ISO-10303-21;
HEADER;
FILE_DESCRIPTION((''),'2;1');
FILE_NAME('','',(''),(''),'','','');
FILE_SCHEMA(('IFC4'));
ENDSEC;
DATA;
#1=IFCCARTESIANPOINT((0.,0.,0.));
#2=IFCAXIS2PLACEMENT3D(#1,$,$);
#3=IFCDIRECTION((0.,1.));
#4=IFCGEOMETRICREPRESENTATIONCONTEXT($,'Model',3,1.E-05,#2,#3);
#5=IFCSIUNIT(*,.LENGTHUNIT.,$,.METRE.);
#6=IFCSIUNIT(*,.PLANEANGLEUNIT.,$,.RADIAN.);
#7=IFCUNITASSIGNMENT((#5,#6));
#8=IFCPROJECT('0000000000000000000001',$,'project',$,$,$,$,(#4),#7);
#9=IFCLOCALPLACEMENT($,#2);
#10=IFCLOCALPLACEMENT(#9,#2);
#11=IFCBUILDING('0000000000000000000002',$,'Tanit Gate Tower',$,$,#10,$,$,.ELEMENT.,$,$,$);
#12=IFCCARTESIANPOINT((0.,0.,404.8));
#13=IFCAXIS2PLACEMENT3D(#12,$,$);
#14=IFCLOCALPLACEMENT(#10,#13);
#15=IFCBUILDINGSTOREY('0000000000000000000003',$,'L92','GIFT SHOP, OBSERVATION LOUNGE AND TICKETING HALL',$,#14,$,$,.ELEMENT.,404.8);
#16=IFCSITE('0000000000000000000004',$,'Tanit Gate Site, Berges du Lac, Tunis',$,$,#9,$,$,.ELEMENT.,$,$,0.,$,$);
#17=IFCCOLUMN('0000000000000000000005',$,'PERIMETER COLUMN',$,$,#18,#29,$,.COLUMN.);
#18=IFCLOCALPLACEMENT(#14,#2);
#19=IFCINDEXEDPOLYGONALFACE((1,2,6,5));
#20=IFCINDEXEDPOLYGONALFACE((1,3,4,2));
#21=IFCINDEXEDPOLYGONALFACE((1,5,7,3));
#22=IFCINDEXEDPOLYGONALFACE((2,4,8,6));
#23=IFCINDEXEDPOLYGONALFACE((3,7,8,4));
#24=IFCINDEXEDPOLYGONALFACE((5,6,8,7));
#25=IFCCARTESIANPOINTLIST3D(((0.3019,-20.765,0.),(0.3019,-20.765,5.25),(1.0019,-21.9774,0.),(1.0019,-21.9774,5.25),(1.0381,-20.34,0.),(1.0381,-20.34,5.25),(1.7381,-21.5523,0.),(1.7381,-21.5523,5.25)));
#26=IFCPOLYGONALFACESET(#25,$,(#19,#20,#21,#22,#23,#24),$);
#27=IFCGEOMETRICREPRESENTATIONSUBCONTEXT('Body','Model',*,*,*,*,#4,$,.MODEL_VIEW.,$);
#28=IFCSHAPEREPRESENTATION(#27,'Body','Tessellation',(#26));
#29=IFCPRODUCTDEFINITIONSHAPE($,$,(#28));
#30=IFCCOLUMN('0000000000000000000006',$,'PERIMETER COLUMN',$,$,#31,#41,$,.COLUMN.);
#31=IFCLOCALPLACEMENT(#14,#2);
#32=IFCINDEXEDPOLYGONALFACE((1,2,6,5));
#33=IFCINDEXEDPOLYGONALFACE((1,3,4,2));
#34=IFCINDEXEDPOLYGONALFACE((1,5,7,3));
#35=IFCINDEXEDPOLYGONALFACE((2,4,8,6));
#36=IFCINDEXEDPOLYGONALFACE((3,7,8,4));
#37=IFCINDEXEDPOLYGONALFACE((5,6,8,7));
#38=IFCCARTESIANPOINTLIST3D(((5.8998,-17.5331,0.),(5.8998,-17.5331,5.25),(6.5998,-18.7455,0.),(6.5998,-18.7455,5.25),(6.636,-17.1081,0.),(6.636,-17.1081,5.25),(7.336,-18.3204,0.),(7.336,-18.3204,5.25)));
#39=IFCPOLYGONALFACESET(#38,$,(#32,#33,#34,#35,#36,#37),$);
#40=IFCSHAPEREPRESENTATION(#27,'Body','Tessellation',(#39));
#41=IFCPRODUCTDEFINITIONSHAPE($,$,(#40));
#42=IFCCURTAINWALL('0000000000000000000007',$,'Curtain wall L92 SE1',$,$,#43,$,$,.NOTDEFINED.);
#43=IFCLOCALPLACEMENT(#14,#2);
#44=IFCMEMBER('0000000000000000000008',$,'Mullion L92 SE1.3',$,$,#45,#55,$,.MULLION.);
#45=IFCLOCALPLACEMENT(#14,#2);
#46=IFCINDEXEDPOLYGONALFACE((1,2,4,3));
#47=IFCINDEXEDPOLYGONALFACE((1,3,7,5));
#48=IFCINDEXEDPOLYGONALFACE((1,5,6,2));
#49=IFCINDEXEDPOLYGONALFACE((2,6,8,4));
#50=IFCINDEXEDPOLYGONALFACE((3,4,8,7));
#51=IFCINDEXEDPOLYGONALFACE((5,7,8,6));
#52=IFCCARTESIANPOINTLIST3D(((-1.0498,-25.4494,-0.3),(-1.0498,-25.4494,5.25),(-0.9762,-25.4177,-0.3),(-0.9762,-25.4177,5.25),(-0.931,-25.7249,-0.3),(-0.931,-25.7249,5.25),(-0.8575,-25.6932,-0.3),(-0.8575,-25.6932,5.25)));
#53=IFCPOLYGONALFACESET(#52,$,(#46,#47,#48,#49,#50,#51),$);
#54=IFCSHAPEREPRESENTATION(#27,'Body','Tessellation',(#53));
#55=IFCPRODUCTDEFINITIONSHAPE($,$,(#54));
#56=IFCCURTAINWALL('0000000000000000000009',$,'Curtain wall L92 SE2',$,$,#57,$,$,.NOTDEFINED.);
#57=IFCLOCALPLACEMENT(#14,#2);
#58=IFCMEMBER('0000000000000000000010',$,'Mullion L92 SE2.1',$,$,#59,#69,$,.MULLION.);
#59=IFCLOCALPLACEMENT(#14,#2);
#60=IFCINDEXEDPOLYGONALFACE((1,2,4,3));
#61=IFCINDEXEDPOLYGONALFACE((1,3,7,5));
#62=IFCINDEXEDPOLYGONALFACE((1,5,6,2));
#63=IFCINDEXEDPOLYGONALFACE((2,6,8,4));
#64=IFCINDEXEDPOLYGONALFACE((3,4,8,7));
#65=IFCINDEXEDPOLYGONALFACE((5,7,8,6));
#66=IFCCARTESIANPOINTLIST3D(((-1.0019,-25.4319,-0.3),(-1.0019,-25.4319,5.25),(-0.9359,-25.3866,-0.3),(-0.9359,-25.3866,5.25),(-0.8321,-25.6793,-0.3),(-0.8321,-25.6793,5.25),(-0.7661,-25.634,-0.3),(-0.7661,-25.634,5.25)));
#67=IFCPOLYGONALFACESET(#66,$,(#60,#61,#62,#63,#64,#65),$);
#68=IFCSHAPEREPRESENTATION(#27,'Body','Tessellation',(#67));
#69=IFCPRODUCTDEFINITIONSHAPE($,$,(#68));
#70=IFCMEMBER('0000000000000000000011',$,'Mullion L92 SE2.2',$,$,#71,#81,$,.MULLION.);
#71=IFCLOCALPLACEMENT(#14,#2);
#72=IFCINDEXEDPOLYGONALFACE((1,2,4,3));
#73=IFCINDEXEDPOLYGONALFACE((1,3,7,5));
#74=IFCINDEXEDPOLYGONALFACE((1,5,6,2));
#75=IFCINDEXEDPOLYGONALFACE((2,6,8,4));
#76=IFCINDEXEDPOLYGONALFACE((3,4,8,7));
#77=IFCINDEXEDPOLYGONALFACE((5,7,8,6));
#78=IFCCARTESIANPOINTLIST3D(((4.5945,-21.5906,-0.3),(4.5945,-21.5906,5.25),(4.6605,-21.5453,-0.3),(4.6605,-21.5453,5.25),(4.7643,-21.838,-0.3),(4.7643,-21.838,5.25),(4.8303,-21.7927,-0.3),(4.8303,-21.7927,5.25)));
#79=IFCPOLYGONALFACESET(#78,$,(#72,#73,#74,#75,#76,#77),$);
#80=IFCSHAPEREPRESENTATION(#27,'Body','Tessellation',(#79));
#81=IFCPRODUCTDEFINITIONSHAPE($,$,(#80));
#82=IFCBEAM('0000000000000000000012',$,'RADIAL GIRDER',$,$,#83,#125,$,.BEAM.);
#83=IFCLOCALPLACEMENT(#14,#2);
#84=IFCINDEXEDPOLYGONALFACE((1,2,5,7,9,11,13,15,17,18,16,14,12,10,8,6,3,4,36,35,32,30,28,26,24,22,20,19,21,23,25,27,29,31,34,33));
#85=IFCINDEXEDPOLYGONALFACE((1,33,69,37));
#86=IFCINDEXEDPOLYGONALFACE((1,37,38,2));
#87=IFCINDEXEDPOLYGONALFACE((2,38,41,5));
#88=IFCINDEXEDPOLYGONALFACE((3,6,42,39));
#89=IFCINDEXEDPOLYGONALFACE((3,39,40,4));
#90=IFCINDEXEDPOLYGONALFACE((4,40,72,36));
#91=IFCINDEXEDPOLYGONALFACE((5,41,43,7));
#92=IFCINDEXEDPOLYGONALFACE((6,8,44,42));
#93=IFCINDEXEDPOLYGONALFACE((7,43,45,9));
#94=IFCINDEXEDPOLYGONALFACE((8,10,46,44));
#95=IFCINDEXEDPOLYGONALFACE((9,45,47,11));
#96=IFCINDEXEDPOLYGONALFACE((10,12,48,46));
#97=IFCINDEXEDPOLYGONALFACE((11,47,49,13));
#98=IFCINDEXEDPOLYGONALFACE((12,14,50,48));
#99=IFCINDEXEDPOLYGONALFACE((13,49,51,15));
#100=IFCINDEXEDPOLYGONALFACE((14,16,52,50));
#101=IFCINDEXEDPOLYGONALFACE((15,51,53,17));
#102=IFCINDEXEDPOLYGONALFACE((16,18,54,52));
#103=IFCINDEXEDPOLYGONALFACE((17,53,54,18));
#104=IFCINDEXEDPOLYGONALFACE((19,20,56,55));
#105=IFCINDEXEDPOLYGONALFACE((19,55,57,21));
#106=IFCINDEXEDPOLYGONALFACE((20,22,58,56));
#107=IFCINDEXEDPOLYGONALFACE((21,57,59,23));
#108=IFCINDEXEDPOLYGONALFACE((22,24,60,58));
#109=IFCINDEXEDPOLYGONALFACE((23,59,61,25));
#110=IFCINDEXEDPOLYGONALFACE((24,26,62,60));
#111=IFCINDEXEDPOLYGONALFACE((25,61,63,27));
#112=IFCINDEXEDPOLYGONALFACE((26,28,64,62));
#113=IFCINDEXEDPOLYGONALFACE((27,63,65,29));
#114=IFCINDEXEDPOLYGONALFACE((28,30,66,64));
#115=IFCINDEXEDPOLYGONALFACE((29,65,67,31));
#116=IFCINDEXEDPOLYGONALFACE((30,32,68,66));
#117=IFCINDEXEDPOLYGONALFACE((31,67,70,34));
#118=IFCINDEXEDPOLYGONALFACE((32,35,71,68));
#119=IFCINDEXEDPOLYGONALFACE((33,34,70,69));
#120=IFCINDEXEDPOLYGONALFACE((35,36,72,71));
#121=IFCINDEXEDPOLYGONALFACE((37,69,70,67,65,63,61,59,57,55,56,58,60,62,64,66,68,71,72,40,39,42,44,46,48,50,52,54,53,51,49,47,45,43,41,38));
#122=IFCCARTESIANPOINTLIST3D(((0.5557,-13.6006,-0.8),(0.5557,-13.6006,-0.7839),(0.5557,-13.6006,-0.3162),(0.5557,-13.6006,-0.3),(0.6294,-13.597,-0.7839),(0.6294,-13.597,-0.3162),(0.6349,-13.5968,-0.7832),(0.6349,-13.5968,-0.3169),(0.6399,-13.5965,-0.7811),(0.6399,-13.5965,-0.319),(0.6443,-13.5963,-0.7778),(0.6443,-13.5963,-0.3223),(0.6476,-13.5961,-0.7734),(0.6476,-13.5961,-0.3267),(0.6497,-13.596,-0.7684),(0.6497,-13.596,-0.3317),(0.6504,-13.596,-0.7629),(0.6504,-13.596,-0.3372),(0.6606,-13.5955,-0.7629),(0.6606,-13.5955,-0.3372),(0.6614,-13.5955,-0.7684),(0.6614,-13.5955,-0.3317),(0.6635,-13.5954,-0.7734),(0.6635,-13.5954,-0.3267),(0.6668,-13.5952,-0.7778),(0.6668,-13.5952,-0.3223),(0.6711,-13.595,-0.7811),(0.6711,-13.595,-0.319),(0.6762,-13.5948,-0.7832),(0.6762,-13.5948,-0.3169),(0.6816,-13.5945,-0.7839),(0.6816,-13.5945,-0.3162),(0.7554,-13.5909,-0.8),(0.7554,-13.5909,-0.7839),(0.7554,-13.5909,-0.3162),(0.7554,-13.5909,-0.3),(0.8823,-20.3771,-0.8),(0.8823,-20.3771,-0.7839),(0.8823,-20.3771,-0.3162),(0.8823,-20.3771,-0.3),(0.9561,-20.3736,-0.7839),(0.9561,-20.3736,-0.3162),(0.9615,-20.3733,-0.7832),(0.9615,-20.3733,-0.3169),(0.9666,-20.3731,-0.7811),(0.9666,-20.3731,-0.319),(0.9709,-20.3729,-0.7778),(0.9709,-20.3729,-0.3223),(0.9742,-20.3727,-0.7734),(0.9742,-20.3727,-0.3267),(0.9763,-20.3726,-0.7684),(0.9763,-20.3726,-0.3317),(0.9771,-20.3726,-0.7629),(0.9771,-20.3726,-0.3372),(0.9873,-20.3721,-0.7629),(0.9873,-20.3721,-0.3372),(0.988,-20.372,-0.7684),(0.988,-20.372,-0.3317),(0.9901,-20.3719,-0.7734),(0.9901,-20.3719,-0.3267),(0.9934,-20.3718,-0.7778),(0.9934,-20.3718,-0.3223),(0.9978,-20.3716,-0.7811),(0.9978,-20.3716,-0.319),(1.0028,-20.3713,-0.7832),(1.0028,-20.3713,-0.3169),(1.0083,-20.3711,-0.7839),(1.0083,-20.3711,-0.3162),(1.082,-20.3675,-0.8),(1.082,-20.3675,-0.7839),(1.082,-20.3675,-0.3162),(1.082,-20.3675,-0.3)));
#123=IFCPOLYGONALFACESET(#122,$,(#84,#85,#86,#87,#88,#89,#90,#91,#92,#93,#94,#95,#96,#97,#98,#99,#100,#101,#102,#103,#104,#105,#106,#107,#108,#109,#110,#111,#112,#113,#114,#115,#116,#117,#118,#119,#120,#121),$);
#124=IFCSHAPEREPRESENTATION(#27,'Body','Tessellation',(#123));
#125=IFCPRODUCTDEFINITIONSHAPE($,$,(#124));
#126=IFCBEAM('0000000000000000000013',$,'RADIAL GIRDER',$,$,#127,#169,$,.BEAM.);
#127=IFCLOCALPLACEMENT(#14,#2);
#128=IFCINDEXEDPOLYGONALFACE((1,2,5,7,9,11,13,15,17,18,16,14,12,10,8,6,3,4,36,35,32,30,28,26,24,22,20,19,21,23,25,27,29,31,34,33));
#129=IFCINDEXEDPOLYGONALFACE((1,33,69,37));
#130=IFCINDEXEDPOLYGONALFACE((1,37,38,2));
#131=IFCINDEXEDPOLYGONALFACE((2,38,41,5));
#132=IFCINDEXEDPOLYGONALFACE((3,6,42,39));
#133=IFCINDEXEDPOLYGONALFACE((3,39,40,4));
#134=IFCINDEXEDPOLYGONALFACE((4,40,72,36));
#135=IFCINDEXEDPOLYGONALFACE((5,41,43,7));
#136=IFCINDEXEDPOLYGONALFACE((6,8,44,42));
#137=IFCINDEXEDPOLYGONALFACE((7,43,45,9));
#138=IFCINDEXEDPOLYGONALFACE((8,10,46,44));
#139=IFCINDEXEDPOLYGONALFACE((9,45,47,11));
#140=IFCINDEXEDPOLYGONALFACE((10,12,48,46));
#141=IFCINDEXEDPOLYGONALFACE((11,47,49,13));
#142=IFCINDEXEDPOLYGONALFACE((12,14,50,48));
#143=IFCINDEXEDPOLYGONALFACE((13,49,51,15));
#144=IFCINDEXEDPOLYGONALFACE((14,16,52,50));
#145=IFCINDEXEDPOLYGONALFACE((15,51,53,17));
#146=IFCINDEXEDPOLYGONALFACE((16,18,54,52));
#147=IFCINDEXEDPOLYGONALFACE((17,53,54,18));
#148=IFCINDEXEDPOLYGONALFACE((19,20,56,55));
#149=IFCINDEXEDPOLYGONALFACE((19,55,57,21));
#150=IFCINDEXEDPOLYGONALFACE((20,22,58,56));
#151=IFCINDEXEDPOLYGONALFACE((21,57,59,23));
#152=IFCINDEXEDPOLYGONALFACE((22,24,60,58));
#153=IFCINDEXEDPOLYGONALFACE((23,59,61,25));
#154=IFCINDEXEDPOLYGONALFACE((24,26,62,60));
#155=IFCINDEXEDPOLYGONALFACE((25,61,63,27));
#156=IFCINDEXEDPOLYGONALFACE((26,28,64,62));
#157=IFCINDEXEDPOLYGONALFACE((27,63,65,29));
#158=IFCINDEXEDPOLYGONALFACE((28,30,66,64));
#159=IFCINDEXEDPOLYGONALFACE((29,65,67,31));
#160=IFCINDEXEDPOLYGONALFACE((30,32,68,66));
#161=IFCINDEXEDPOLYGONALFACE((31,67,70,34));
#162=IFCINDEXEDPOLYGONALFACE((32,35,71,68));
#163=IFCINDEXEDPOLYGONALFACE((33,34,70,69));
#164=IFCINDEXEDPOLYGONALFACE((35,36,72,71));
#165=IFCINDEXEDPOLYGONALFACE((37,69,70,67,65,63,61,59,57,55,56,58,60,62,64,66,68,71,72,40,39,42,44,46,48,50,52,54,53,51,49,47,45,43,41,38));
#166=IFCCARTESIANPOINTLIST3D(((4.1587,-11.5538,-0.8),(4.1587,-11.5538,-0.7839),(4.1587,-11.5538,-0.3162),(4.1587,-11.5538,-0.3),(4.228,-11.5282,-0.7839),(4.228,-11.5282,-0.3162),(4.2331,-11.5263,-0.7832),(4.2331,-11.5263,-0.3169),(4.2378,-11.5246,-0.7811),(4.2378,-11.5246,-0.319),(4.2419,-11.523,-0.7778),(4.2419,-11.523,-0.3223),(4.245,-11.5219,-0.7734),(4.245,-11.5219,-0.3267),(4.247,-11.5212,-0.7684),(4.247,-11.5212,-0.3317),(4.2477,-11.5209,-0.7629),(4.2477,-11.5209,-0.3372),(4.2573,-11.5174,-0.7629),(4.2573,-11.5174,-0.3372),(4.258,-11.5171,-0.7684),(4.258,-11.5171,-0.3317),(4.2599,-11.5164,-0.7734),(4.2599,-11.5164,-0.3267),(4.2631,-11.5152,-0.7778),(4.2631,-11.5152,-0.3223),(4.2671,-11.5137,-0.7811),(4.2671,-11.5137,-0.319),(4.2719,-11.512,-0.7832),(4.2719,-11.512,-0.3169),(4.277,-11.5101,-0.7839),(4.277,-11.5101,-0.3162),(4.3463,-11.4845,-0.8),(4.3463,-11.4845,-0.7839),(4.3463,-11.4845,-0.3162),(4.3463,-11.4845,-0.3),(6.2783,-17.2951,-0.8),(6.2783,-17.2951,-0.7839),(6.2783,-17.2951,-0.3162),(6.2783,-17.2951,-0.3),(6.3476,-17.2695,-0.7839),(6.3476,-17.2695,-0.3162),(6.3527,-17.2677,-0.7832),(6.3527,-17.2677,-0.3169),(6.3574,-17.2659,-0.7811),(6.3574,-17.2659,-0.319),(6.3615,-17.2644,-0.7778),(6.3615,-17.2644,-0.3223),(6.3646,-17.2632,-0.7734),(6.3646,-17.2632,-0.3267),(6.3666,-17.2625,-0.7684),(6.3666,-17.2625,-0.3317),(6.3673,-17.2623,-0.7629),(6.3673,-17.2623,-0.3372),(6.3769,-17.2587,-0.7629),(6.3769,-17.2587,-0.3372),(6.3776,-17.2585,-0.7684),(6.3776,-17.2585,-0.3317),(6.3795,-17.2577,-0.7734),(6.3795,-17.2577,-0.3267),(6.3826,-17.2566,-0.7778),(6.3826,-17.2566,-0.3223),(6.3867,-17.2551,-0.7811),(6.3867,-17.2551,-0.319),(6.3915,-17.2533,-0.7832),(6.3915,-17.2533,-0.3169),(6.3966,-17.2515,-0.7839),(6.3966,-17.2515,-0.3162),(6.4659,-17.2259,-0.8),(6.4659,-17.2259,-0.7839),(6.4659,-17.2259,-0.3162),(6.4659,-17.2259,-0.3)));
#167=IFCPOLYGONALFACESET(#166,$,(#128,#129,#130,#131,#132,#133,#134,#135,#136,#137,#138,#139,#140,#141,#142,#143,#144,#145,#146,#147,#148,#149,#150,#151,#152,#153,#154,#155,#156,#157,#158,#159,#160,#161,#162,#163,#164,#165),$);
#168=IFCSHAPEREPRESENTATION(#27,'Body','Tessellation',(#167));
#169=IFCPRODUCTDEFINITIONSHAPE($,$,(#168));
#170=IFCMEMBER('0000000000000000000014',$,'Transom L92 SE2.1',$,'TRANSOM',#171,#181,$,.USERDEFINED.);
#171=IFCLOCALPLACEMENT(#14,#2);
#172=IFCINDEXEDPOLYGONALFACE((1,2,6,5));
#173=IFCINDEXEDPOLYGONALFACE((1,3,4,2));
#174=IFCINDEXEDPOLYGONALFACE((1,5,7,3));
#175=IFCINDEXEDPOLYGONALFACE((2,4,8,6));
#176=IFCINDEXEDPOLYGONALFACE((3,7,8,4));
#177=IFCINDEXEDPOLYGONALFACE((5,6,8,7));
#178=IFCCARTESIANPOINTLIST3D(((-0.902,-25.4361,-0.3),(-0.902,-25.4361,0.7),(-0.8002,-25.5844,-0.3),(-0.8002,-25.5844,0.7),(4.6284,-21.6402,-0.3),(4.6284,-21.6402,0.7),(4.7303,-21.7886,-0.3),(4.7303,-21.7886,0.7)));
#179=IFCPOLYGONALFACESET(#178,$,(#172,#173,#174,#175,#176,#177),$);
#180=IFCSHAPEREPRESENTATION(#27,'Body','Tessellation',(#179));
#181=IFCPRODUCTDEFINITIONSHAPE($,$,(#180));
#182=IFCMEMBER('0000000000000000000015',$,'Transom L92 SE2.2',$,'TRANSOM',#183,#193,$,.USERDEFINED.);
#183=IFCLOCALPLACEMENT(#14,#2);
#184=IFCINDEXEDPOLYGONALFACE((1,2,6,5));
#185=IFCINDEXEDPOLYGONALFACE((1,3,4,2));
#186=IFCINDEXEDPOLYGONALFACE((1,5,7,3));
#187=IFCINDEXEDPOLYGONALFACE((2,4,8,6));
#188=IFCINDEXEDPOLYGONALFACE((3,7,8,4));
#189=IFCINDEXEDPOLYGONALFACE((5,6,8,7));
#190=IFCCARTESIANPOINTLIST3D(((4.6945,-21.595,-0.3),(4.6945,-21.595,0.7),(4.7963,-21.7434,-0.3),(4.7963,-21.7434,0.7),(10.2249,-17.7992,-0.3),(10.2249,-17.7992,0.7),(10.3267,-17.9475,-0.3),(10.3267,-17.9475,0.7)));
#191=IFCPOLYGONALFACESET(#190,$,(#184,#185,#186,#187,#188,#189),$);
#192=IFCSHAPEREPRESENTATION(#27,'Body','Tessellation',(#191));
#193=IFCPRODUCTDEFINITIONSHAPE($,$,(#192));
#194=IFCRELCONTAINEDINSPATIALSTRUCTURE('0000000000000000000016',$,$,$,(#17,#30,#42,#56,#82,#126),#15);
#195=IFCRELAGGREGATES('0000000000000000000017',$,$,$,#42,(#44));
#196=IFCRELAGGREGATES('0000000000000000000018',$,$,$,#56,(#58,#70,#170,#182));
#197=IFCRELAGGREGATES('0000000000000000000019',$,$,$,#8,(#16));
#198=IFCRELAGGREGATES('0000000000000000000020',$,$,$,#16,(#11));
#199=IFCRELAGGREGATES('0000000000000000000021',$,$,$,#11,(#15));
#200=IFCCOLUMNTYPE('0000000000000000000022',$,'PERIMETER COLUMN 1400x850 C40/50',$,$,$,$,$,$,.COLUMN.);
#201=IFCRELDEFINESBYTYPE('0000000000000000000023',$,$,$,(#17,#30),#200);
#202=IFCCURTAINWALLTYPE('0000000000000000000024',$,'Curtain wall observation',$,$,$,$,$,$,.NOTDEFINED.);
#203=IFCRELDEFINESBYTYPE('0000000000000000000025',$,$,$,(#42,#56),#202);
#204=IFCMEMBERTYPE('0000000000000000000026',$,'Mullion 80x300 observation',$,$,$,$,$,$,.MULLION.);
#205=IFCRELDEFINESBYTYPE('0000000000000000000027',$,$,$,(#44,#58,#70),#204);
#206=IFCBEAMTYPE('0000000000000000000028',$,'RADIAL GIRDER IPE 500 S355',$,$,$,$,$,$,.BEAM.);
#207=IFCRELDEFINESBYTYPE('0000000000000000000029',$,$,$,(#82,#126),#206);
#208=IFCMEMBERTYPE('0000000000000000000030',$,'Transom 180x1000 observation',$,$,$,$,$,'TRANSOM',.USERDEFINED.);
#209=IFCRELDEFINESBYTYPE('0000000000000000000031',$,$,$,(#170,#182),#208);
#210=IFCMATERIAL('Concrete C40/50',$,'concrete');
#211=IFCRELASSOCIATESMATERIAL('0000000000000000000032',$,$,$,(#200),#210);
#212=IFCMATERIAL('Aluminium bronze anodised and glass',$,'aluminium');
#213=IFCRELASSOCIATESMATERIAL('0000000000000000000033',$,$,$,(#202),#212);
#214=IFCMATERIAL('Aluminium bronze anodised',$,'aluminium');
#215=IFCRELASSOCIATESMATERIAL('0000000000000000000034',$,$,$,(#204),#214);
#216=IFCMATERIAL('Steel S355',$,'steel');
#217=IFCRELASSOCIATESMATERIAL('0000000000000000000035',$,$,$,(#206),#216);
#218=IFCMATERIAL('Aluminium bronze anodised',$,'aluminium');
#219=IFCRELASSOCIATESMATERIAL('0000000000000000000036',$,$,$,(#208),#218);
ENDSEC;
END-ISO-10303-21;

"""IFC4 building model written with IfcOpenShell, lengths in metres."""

from ifc_helpers import new_model, si_unit, direction, frame, origin, origin_2d, place, context, subcontext, project, spatial, rectangle, i_section, extrude, material, material_profile, profile_set, type_object, element, aggregate, save


model = new_model("IFC4")

# Units and contexts
model_context = context("Model", 3, precision=1e-05, world=origin(), true_north=direction((0.0, 1.0)))
body_context = subcontext(model_context, "Body", "Model", "MODEL_VIEW")
ifc_project = project(units=[si_unit("LENGTHUNIT", "METRE"), si_unit("PLANEANGLEUNIT", "RADIAN")], contexts=[model_context])

# Site, building, storey
site_placement = place(None, origin())
site = spatial("IfcSite", under=ifc_project, at=site_placement, Name="Tanit Gate Site, Berges du Lac, Tunis", CompositionType="ELEMENT", RefElevation=0.0)
building_placement = place(site_placement, origin())
building = spatial("IfcBuilding", under=site, at=building_placement, Name="Tanit Gate Tower", CompositionType="ELEMENT")
storey_placement = place(building_placement, frame((0.0, 0.0, 404.8)))
storey = spatial("IfcBuildingStorey", under=building, at=storey_placement, Name="L92", Description="GIFT SHOP, OBSERVATION LOUNGE AND TICKETING HALL", CompositionType="ELEMENT", Elevation=404.8)

# Columns
ifc_material_1 = material(Name="Concrete C40/50", Category="concrete")
ifc_material_profile_1 = material_profile(ifc_material_1, rectangle(XDim=1.3999, YDim=0.8501, at=origin_2d()), Name="RC 1400x850")
ifc_profile_set_1 = profile_set([ifc_material_profile_1], Name="Concrete C40/50")
column_type = type_object("IfcColumnType", Name="PERIMETER COLUMN 1400x850 C40/50", PredefinedType="COLUMN", material=ifc_profile_set_1)
for number, where, z_axis, x_axis, name in (
    (1, (1.02, -21.1587, 0.0), (0.0, 0.0, 1.0), (0.5, -0.866025, 0.0), "PERIMETER COLUMN"),
    (2, (6.6179, -17.9268, 0.0), (0.0, 0.0, 1.0), (0.5, -0.866025, 0.0), "PERIMETER COLUMN"),
):
    element("IfcColumn", number, at=place(storey_placement, frame(where, z_axis=z_axis, x_axis=x_axis)), inside=storey, type_object=column_type, Name=name, PredefinedType="COLUMN", context=body_context, shape_type="SweptSolid", body=[
        extrude(rectangle(XDim=1.3999, YDim=0.8501, at=origin_2d()), origin(), (0.0, 0.0, 1.0), 5.25),
    ])

# Curtain wall, member
ifc_material_2 = material(Name="Aluminium bronze anodised and glass", Category="aluminium")
curtain_wall_type = type_object("IfcCurtainWallType", Name="Curtain wall observation", PredefinedType="NOTDEFINED", material=ifc_material_2)
curtain_wall_1_placement = place(storey_placement, origin())
curtain_wall_1 = element("IfcCurtainWall", 3, at=curtain_wall_1_placement, inside=storey, type_object=curtain_wall_type, Name="Curtain wall L92 SE1", PredefinedType="NOTDEFINED")
ifc_material_3 = material(Name="Aluminium bronze anodised", Category="aluminium")
ifc_material_profile_2 = material_profile(ifc_material_3, rectangle(XDim=0.3, YDim=0.0801, at=origin_2d()), Name="80x300 bronze mullion")
ifc_profile_set_2 = profile_set([ifc_material_profile_2], Name="Aluminium bronze anodised")
member_type_1 = type_object("IfcMemberType", Name="Mullion 80x300 observation", PredefinedType="MULLION", material=ifc_profile_set_2)
member_1_placement = place(storey_placement, frame((-0.9536, -25.5713, -0.3), z_axis=(0.0, 0.0, 1.0), x_axis=(-0.395871, 0.918306, 0.0)))
member_1 = element("IfcMember", 4, at=member_1_placement, type_object=member_type_1, Name="Mullion L92 SE1.3", PredefinedType="MULLION", context=body_context, shape_type="SweptSolid", body=[
    extrude(rectangle(XDim=0.3, YDim=0.0801, at=origin_2d()), origin(), (0.0, 0.0, 1.0), 5.55),
])

# Curtain wall, members
curtain_wall_2_placement = place(storey_placement, origin())
curtain_wall_2 = element("IfcCurtainWall", 5, at=curtain_wall_2_placement, inside=storey, type_object=curtain_wall_type, Name="Curtain wall L92 SE2", PredefinedType="NOTDEFINED")
member_2_placement = place(storey_placement, frame((-0.884, -25.533, -0.3), z_axis=(0.0, 0.0, 1.0), x_axis=(-0.565893, 0.824479, 0.0)))
member_2 = element("IfcMember", 6, at=member_2_placement, type_object=member_type_1, Name="Mullion L92 SE2.1", PredefinedType="MULLION", context=body_context, shape_type="SweptSolid", body=[
    extrude(rectangle(XDim=0.3, YDim=0.0801, at=origin_2d()), origin(), (0.0, 0.0, 1.0), 5.55),
])
member_3_placement = place(storey_placement, frame((4.7124, -21.6917, -0.3), z_axis=(0.0, 0.0, 1.0), x_axis=(-0.565893, 0.824479, 0.0)))
member_3 = element("IfcMember", 7, at=member_3_placement, type_object=member_type_1, Name="Mullion L92 SE2.2", PredefinedType="MULLION", context=body_context, shape_type="SweptSolid", body=[
    extrude(rectangle(XDim=0.3, YDim=0.0801, at=origin_2d()), origin(), (0.0, 0.0, 1.0), 5.55),
])

# Beams
ifc_material_4 = material(Name="Steel S355", Category="steel")
ifc_material_profile_3 = material_profile(ifc_material_4, i_section(OverallWidth=0.2, OverallDepth=0.5, WebThickness=0.0103, FlangeThickness=0.0161, FilletRadius=0.021, at=origin_2d()), Name="IPE 500")
ifc_profile_set_3 = profile_set([ifc_material_profile_3], Name="Steel S355")
beam_type = type_object("IfcBeamType", Name="RADIAL GIRDER IPE 500 S355", PredefinedType="BEAM", material=ifc_profile_set_3)
beam_1_placement = place(storey_placement, frame((0.9822, -20.3723, -0.55), z_axis=(-0.048148, 0.99884, 0.0), x_axis=(-0.99884, -0.048148, 0.0)))
element("IfcBeam", 8, at=beam_1_placement, inside=storey, type_object=beam_type, Name="RADIAL GIRDER", PredefinedType="BEAM", context=body_context, shape_type="SweptSolid", body=[
    extrude(i_section(OverallWidth=0.2, OverallDepth=0.5, WebThickness=0.0103, FlangeThickness=0.0161, FilletRadius=0.021, at=origin_2d()), origin(), (0.0, 0.0, 1.0), 6.7844),
])
beam_2_placement = place(storey_placement, frame((6.3721, -17.2605, -0.55), z_axis=(-0.346332, 0.938112, 0.0), x_axis=(-0.938112, -0.346332, 0.0)))
element("IfcBeam", 9, at=beam_2_placement, inside=storey, type_object=beam_type, Name="RADIAL GIRDER", PredefinedType="BEAM", context=body_context, shape_type="SweptSolid", body=[
    extrude(i_section(OverallWidth=0.2, OverallDepth=0.5, WebThickness=0.0103, FlangeThickness=0.0161, FilletRadius=0.021, at=origin_2d()), origin(), (0.0, 0.0, 1.0), 6.1201),
])

# Members
ifc_material_5 = material(Name="Aluminium bronze anodised", Category="aluminium")
ifc_material_profile_4 = material_profile(ifc_material_5, rectangle(XDim=0.1799, YDim=1.0, at=origin_2d()), Name="180x1000 bronze transom")
ifc_profile_set_4 = profile_set([ifc_material_profile_4], Name="Aluminium bronze anodised")
member_type_2 = type_object("IfcMemberType", Name="Transom 180x1000 observation", ElementType="TRANSOM", PredefinedType="USERDEFINED", material=ifc_profile_set_4)
member_4_placement = place(storey_placement, frame((-0.8511, -25.5103, 0.2), z_axis=(0.824482, 0.565888, 0.0), x_axis=(-0.565888, 0.824482, 0.0)))
member_4 = element("IfcMember", 10, at=member_4_placement, type_object=member_type_2, Name="Transom L92 SE2.1", ObjectType="TRANSOM", PredefinedType="USERDEFINED", context=body_context, shape_type="SweptSolid", body=[
    extrude(rectangle(XDim=0.1799, YDim=1.0, at=origin_2d()), origin(), (0.0, 0.0, 1.0), 6.7078),
])
member_5_placement = place(storey_placement, frame((4.7454, -21.6692, 0.2), z_axis=(0.824482, 0.565888, 0.0), x_axis=(-0.565888, 0.824482, 0.0)))
member_5 = element("IfcMember", 11, at=member_5_placement, type_object=member_type_2, Name="Transom L92 SE2.2", ObjectType="TRANSOM", PredefinedType="USERDEFINED", context=body_context, shape_type="SweptSolid", body=[
    extrude(rectangle(XDim=0.1799, YDim=1.0, at=origin_2d()), origin(), (0.0, 0.0, 1.0), 6.7078),
])

aggregate(curtain_wall_1, [member_1])
aggregate(curtain_wall_2, [member_2, member_3, member_4, member_5])

save(model, "model.ifc")
